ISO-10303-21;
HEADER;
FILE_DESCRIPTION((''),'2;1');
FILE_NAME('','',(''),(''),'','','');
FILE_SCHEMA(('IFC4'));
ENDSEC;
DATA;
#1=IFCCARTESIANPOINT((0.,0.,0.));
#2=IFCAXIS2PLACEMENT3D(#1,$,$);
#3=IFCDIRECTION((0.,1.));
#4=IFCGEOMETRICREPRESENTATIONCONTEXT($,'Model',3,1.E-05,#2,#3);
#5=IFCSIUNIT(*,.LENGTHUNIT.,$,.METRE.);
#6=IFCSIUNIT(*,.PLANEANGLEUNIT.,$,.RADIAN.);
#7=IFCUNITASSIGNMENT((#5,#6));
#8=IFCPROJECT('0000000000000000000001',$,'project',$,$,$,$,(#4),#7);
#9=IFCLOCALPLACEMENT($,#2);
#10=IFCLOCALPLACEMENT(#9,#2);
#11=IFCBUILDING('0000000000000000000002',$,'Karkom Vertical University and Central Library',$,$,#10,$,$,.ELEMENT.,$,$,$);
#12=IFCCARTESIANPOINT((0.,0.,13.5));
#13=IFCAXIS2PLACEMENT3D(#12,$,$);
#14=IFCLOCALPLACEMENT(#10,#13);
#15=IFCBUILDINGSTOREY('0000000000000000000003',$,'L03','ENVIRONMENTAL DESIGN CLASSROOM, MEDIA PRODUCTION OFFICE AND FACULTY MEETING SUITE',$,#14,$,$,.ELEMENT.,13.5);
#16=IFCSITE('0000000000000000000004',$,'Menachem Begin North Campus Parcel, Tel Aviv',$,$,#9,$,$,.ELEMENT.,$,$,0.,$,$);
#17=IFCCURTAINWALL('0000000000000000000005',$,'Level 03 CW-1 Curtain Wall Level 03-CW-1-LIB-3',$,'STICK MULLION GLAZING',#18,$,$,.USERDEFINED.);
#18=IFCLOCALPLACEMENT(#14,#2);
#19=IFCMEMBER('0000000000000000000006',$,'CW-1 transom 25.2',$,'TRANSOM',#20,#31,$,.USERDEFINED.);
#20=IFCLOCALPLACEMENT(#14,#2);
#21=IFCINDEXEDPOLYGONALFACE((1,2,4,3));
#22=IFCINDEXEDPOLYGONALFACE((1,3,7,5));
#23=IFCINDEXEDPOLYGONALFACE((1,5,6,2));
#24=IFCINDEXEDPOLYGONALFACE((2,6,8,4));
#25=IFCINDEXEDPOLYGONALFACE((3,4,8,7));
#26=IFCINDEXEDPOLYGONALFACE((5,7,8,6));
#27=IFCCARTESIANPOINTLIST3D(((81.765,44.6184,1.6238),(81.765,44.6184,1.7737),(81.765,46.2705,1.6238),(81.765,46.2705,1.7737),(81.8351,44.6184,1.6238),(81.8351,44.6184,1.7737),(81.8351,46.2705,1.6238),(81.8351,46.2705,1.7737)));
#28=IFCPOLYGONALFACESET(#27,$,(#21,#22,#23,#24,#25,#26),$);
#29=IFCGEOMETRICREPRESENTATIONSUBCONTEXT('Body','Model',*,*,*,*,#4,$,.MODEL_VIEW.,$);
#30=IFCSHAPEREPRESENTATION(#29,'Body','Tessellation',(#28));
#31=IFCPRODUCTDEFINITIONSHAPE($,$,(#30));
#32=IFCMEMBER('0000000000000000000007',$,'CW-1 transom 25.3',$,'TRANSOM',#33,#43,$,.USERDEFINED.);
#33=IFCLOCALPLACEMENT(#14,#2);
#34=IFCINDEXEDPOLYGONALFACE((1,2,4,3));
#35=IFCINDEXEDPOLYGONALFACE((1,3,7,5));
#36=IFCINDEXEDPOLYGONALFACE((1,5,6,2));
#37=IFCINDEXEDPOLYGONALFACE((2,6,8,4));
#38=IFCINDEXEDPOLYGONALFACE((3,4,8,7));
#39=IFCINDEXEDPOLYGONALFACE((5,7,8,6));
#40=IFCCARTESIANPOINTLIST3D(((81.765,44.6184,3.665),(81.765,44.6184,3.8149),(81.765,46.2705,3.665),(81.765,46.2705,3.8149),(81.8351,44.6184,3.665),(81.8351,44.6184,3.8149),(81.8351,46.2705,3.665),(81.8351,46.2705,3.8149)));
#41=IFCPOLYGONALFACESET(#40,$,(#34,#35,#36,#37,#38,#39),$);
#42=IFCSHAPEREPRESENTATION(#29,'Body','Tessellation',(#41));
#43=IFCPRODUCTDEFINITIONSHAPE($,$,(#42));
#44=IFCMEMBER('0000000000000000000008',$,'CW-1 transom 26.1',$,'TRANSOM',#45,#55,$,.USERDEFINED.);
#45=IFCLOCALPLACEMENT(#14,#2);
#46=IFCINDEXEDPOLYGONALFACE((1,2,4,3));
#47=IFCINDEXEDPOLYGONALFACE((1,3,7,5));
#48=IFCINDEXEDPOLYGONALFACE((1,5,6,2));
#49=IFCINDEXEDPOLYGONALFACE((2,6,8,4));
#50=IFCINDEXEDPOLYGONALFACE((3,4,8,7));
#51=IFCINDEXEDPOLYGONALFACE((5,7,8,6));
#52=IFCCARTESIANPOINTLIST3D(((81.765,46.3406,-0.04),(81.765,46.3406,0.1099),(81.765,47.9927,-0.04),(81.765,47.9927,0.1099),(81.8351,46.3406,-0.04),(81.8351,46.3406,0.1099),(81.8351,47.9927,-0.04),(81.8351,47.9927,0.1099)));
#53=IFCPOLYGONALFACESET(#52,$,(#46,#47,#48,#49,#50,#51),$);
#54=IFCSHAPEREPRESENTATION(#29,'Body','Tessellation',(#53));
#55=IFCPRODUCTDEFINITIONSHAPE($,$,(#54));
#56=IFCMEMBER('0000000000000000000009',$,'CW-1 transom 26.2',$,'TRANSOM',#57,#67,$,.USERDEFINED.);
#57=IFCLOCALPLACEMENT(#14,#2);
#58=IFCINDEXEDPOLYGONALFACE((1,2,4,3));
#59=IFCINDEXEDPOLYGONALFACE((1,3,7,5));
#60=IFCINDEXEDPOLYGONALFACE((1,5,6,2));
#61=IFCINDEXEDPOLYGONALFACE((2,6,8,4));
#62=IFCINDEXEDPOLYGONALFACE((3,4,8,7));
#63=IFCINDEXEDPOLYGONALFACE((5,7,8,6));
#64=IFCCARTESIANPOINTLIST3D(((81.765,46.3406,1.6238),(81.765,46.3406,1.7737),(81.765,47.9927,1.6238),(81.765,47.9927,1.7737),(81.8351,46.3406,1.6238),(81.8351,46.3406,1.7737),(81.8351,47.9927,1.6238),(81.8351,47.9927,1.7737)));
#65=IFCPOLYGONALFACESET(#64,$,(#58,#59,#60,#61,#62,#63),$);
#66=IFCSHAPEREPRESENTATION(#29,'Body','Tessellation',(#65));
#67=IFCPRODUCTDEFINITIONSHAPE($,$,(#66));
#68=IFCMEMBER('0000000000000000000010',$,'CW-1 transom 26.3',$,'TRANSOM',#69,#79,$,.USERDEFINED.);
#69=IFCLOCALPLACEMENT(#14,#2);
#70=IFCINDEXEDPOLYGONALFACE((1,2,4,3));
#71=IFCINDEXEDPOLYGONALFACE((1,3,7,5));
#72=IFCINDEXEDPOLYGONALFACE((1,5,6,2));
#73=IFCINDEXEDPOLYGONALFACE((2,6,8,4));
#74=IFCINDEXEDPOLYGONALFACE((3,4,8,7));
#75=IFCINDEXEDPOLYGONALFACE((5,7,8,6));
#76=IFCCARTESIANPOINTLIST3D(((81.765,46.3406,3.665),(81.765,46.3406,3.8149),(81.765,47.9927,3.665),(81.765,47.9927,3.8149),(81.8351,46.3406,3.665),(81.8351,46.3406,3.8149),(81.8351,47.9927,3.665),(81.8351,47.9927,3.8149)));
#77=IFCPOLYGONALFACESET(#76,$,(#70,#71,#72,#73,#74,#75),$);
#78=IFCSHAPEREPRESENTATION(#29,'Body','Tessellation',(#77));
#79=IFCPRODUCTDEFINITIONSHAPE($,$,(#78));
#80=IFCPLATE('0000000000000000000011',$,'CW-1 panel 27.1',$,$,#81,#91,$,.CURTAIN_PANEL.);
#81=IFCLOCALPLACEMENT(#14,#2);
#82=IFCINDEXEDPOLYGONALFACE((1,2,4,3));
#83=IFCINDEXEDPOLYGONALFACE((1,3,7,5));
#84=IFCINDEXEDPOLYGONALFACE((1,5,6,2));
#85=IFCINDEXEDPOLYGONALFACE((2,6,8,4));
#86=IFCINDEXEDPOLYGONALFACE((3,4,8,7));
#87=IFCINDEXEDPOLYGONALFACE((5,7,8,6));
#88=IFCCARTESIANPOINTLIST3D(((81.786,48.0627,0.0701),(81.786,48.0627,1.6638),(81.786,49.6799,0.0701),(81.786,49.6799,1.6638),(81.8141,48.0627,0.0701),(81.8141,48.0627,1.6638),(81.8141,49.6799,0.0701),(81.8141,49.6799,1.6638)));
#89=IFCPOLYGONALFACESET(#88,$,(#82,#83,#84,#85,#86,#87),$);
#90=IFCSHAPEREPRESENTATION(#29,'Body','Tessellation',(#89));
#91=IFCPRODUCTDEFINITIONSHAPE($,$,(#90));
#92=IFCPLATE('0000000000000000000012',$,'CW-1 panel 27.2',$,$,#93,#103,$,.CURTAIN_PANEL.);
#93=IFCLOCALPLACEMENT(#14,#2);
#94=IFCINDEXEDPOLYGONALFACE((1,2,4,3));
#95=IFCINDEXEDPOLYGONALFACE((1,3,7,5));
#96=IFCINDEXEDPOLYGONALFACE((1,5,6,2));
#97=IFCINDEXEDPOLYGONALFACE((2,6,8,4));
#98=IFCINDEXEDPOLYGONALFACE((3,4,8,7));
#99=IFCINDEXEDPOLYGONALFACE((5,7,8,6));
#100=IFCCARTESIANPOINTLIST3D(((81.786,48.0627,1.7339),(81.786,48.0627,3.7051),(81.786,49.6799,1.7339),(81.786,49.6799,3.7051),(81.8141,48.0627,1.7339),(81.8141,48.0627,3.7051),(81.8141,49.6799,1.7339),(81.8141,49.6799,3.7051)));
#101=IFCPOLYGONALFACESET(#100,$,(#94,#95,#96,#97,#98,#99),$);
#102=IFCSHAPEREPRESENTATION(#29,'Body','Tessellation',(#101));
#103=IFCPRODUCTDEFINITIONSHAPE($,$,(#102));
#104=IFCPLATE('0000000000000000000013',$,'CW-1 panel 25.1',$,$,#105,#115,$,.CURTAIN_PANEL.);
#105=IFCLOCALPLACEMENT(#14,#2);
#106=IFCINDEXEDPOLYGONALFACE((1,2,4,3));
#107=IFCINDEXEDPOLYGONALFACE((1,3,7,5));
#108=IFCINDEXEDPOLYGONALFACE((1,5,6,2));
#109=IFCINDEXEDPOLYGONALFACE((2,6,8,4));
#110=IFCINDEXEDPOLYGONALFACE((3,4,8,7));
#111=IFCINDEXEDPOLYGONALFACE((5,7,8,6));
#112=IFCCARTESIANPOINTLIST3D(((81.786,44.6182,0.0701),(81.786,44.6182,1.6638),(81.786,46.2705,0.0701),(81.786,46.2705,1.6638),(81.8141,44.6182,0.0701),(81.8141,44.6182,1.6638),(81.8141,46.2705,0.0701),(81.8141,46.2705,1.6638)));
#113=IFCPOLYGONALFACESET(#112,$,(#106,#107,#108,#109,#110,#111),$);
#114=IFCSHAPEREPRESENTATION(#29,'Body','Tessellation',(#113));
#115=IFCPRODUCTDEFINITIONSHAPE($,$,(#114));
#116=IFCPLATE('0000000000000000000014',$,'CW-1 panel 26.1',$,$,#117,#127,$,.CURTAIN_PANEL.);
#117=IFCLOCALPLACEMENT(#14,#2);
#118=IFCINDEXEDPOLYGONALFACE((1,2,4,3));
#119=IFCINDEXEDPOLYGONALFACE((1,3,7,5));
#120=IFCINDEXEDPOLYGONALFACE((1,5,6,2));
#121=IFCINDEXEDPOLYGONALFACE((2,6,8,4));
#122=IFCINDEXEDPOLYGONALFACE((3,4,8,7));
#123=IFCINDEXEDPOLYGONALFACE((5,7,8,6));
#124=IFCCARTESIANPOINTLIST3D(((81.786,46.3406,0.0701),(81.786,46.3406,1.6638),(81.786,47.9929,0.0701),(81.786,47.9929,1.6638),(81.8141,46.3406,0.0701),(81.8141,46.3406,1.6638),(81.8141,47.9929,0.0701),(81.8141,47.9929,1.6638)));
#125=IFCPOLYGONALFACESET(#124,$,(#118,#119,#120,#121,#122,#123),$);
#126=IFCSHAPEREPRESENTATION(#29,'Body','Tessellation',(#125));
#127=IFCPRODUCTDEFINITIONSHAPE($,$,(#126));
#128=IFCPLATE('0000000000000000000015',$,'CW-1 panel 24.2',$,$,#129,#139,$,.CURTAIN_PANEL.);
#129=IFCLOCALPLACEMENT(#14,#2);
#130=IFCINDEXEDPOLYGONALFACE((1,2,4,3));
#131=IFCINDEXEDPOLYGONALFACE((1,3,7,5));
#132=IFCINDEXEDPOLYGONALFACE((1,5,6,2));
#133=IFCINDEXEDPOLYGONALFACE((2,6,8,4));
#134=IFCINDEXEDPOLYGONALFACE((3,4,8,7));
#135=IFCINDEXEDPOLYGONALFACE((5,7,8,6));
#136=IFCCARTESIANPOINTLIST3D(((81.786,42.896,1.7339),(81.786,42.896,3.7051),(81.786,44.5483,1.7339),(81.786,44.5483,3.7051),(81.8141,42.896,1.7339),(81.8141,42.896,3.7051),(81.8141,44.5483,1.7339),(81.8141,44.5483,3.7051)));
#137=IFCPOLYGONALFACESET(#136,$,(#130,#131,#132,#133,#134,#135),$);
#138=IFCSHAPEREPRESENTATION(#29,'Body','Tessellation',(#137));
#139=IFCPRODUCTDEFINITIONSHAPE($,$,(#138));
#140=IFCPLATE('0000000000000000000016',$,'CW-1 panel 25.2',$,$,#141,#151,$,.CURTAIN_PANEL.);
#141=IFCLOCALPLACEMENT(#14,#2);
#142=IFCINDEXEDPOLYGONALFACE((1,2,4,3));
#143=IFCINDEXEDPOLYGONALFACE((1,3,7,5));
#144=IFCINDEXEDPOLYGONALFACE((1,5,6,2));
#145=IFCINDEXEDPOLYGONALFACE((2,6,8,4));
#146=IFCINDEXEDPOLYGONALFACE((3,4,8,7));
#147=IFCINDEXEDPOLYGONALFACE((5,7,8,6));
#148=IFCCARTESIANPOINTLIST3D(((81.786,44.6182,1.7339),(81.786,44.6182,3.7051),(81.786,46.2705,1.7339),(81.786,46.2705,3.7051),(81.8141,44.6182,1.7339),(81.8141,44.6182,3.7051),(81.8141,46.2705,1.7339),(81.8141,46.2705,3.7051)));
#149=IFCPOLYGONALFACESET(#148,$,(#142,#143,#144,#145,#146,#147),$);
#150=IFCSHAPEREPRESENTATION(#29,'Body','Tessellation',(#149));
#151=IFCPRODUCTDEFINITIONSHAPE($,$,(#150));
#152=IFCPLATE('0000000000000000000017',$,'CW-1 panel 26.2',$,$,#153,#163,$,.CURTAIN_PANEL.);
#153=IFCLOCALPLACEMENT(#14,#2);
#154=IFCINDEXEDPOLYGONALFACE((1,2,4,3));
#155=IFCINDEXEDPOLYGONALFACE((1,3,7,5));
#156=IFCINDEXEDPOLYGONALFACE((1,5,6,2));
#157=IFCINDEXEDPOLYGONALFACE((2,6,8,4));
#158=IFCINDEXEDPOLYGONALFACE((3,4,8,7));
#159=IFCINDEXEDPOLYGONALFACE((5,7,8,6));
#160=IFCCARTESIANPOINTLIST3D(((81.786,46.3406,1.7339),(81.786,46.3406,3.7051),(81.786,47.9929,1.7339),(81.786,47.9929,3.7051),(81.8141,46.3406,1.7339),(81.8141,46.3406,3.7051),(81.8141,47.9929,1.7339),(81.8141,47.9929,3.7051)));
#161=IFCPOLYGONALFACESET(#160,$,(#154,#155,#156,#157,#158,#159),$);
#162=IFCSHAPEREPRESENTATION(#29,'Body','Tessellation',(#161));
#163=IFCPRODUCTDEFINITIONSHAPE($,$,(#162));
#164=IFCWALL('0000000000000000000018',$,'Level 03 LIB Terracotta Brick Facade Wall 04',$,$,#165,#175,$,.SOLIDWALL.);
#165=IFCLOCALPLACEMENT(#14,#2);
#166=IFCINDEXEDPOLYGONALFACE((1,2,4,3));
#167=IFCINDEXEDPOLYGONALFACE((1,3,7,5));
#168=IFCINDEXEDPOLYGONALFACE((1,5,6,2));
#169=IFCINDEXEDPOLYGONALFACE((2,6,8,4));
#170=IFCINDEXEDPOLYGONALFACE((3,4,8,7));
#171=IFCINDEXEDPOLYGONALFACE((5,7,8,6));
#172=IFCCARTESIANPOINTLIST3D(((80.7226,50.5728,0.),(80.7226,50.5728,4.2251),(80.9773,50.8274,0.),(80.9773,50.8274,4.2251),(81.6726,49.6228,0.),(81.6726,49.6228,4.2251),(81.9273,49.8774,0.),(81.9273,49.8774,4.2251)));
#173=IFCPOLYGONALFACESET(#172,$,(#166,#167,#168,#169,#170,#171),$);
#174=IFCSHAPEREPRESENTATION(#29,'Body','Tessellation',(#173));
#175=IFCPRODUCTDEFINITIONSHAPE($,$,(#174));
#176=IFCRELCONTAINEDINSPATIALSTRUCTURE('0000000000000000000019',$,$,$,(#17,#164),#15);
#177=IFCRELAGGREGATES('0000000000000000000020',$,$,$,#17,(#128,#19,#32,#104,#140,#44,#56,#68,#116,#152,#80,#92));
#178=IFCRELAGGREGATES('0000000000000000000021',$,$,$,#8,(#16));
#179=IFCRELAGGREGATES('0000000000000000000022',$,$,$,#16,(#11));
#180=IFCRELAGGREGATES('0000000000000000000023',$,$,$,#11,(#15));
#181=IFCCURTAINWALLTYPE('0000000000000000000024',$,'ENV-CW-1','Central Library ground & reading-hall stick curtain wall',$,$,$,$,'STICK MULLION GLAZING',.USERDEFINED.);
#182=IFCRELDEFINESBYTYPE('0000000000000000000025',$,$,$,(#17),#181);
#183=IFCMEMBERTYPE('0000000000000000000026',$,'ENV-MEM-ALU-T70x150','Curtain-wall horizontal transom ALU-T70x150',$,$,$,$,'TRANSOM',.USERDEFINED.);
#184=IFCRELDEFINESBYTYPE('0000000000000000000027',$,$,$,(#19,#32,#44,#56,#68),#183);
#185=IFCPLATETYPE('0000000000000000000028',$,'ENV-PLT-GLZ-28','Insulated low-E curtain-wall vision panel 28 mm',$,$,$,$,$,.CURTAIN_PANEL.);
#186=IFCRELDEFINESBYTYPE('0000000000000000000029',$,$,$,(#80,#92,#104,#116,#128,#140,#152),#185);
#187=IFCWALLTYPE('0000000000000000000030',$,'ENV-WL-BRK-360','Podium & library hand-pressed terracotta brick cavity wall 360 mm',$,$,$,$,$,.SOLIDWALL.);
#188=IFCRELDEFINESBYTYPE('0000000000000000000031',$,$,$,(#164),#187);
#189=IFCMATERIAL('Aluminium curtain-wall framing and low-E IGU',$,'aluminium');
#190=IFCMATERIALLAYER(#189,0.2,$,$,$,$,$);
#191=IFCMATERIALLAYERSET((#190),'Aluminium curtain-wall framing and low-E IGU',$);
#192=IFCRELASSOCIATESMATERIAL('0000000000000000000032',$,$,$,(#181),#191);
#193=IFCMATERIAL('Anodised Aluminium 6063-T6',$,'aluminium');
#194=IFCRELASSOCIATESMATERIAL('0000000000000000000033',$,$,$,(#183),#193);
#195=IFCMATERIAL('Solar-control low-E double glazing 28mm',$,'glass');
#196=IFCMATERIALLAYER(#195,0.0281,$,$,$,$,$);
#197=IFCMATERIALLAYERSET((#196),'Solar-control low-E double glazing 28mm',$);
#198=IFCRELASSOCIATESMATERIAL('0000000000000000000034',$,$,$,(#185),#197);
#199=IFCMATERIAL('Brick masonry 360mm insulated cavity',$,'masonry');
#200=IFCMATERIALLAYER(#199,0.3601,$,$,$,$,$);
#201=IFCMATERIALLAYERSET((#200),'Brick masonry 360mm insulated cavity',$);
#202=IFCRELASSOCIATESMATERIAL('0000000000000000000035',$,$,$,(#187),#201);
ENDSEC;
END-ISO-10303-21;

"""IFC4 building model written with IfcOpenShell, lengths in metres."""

from ifc_helpers import new_model, si_unit, direction, frame, frame_2d, origin, origin_with_axes, origin_2d, place, context, subcontext, project, spatial, rectangle, extrude, source, transform, mapped, material, layer, layer_set, material_profile, profile_set, type_object, element, aggregate, save


model = new_model("IFC4")

# Units and contexts
model_context = context("Model", 3, precision=1e-05, world=origin(), true_north=direction((0.0, 1.0)))
body_context = subcontext(model_context, "Body", "Model", "MODEL_VIEW")
ifc_project = project(units=[si_unit("LENGTHUNIT", "METRE"), si_unit("PLANEANGLEUNIT", "RADIAN")], contexts=[model_context])

# Site, building, storey
site_placement = place(None, origin())
site = spatial("IfcSite", under=ifc_project, at=site_placement, Name="Menachem Begin North Campus Parcel, Tel Aviv", CompositionType="ELEMENT", RefElevation=0.0)
building_placement = place(site_placement, origin())
building = spatial("IfcBuilding", under=site, at=building_placement, Name="Karkom Vertical University and Central Library", CompositionType="ELEMENT")
storey_placement = place(building_placement, frame((0.0, 0.0, 13.5)))
storey = spatial("IfcBuildingStorey", under=building, at=storey_placement, Name="L03", Description="ENVIRONMENTAL DESIGN CLASSROOM, MEDIA PRODUCTION OFFICE AND FACULTY MEETING SUITE", CompositionType="ELEMENT", Elevation=13.5)

# Curtain wall, members, plates
ifc_material_1 = material(Name="Aluminium curtain-wall framing and low-E IGU", Category="aluminium")
ifc_layer_1 = layer(ifc_material_1, 0.2)
ifc_layer_set_1 = layer_set([ifc_layer_1], Name="Aluminium curtain-wall framing and low-E IGU")
curtain_wall_type = type_object("IfcCurtainWallType", Name="ENV-CW-1", Description="Central Library ground & reading-hall stick curtain wall", ElementType="STICK MULLION GLAZING", PredefinedType="USERDEFINED", material=ifc_layer_set_1)
curtain_wall_placement = place(storey_placement, origin())
curtain_wall = element("IfcCurtainWall", 1, at=curtain_wall_placement, inside=storey, type_object=curtain_wall_type, Name="Level 03 CW-1 Curtain Wall Level 03-CW-1-LIB-3", ObjectType="STICK MULLION GLAZING", PredefinedType="USERDEFINED")
ifc_material_2 = material(Name="Anodised Aluminium 6063-T6", Category="aluminium")
ifc_material_profile_1 = material_profile(ifc_material_2, rectangle(XDim=0.0701, YDim=0.1499, at=origin_2d()), Name="ALU-T70x150")
ifc_profile_set_1 = profile_set([ifc_material_profile_1], Name="Anodised Aluminium 6063-T6")
member_type_1 = type_object("IfcMemberType", Name="ENV-MEM-ALU-T70x150", Description="Curtain-wall horizontal transom ALU-T70x150", ElementType="TRANSOM", PredefinedType="USERDEFINED", material=ifc_profile_set_1)
shared_shape_1 = source(origin_with_axes(), body_context, "Body", "SweptSolid", [
    extrude(rectangle(XDim=0.0701, YDim=0.1499, at=origin_2d()), origin(), (0.0, 0.0, 1.0), 1.6521),
])
member_1_placement = place(storey_placement, frame((81.8, 44.6184, 1.6987), z_axis=(0.0, 1.0, 0.0), x_axis=(-1.0, 0.0, 0.0)))
member_1 = element("IfcMember", 2, at=member_1_placement, type_object=member_type_1, Name="CW-1 transom 25.2", ObjectType="TRANSOM", PredefinedType="USERDEFINED", context=body_context, shape_type="MappedRepresentation", body=[
    mapped(shared_shape_1, transform((0.0, 0.0, 0.0), scale=1.0)),
])
member_2_placement = place(storey_placement, frame((81.8, 44.6184, 3.74), z_axis=(0.0, 1.0, 0.0), x_axis=(-1.0, 0.0, 0.0)))
member_2 = element("IfcMember", 3, at=member_2_placement, type_object=member_type_1, Name="CW-1 transom 25.3", ObjectType="TRANSOM", PredefinedType="USERDEFINED", context=body_context, shape_type="MappedRepresentation", body=[
    mapped(shared_shape_1, transform((0.0, 0.0, 0.0), scale=1.0)),
])
member_3_placement = place(storey_placement, frame((81.8, 46.3406, 0.0349), z_axis=(0.0, 1.0, 0.0), x_axis=(-1.0, 0.0, 0.0)))
member_3 = element("IfcMember", 4, at=member_3_placement, type_object=member_type_1, Name="CW-1 transom 26.1", ObjectType="TRANSOM", PredefinedType="USERDEFINED", context=body_context, shape_type="MappedRepresentation", body=[
    mapped(shared_shape_1, transform((0.0, 0.0, 0.0), scale=1.0)),
])
member_4_placement = place(storey_placement, frame((81.8, 46.3406, 1.6987), z_axis=(0.0, 1.0, 0.0), x_axis=(-1.0, 0.0, 0.0)))
member_4 = element("IfcMember", 5, at=member_4_placement, type_object=member_type_1, Name="CW-1 transom 26.2", ObjectType="TRANSOM", PredefinedType="USERDEFINED", context=body_context, shape_type="MappedRepresentation", body=[
    mapped(shared_shape_1, transform((0.0, 0.0, 0.0), scale=1.0)),
])
member_5_placement = place(storey_placement, frame((81.8, 46.3406, 3.74), z_axis=(0.0, 1.0, 0.0), x_axis=(-1.0, 0.0, 0.0)))
member_5 = element("IfcMember", 6, at=member_5_placement, type_object=member_type_1, Name="CW-1 transom 26.3", ObjectType="TRANSOM", PredefinedType="USERDEFINED", context=body_context, shape_type="MappedRepresentation", body=[
    mapped(shared_shape_1, transform((0.0, 0.0, 0.0), scale=1.0)),
])
ifc_material_3 = material(Name="Solar-control low-E double glazing 28mm", Category="glass")
ifc_layer_2 = layer(ifc_material_3, 0.0281)
ifc_layer_set_2 = layer_set([ifc_layer_2], Name="Solar-control low-E double glazing 28mm")
plate_type = type_object("IfcPlateType", Name="ENV-PLT-GLZ-28", Description="Insulated low-E curtain-wall vision panel 28 mm", PredefinedType="CURTAIN_PANEL", material=ifc_layer_set_2)
shared_shape_2 = source(origin_with_axes(), body_context, "Body", "SweptSolid", [
    extrude(rectangle(XDim=1.6172, YDim=0.0281, at=origin_2d()), origin(), (0.0, 0.0, 1.0), 1.5938),
])
plate_1_placement = place(storey_placement, frame((81.8, 48.8713, 0.0701), z_axis=(0.0, 0.0, 1.0), x_axis=(0.0, 1.0, 0.0)))
plate_1 = element("IfcPlate", 7, at=plate_1_placement, type_object=plate_type, Name="CW-1 panel 27.1", PredefinedType="CURTAIN_PANEL", context=body_context, shape_type="MappedRepresentation", body=[
    mapped(shared_shape_2, transform((0.0, 0.0, 0.0), scale=1.0)),
])
shared_shape_3 = source(origin_with_axes(), body_context, "Body", "SweptSolid", [
    extrude(rectangle(XDim=1.6172, YDim=0.0281, at=origin_2d()), origin(), (0.0, 0.0, 1.0), 1.9712),
])
plate_2_placement = place(storey_placement, frame((81.8, 48.8713, 1.7339), z_axis=(0.0, 0.0, 1.0), x_axis=(0.0, 1.0, 0.0)))
plate_2 = element("IfcPlate", 8, at=plate_2_placement, type_object=plate_type, Name="CW-1 panel 27.2", PredefinedType="CURTAIN_PANEL", context=body_context, shape_type="MappedRepresentation", body=[
    mapped(shared_shape_3, transform((0.0, 0.0, 0.0), scale=1.0)),
])
shared_shape_4 = source(origin_with_axes(), body_context, "Body", "SweptSolid", [
    extrude(rectangle(XDim=1.6523, YDim=0.0281, at=origin_2d()), origin(), (0.0, 0.0, 1.0), 1.5938),
])
plate_3_placement = place(storey_placement, frame((81.8, 45.4443, 0.0701), z_axis=(0.0, 0.0, 1.0), x_axis=(0.0, 1.0, 0.0)))
plate_3 = element("IfcPlate", 9, at=plate_3_placement, type_object=plate_type, Name="CW-1 panel 25.1", PredefinedType="CURTAIN_PANEL", context=body_context, shape_type="MappedRepresentation", body=[
    mapped(shared_shape_4, transform((0.0, 0.0, 0.0), scale=1.0)),
])
plate_4_placement = place(storey_placement, frame((81.8, 47.1667, 0.0701), z_axis=(0.0, 0.0, 1.0), x_axis=(0.0, 1.0, 0.0)))
plate_4 = element("IfcPlate", 10, at=plate_4_placement, type_object=plate_type, Name="CW-1 panel 26.1", PredefinedType="CURTAIN_PANEL", context=body_context, shape_type="MappedRepresentation", body=[
    mapped(shared_shape_4, transform((0.0, 0.0, 0.0), scale=1.0)),
])
shared_shape_5 = source(origin_with_axes(), body_context, "Body", "SweptSolid", [
    extrude(rectangle(XDim=1.6523, YDim=0.0281, at=origin_2d()), origin(), (0.0, 0.0, 1.0), 1.9712),
])
plate_5_placement = place(storey_placement, frame((81.8, 43.7222, 1.7339), z_axis=(0.0, 0.0, 1.0), x_axis=(0.0, 1.0, 0.0)))
plate_5 = element("IfcPlate", 11, at=plate_5_placement, type_object=plate_type, Name="CW-1 panel 24.2", PredefinedType="CURTAIN_PANEL", context=body_context, shape_type="MappedRepresentation", body=[
    mapped(shared_shape_5, transform((0.0, 0.0, 0.0), scale=1.0)),
])
plate_6_placement = place(storey_placement, frame((81.8, 45.4443, 1.7339), z_axis=(0.0, 0.0, 1.0), x_axis=(0.0, 1.0, 0.0)))
plate_6 = element("IfcPlate", 12, at=plate_6_placement, type_object=plate_type, Name="CW-1 panel 25.2", PredefinedType="CURTAIN_PANEL", context=body_context, shape_type="MappedRepresentation", body=[
    mapped(shared_shape_5, transform((0.0, 0.0, 0.0), scale=1.0)),
])
plate_7_placement = place(storey_placement, frame((81.8, 47.1667, 1.7339), z_axis=(0.0, 0.0, 1.0), x_axis=(0.0, 1.0, 0.0)))
plate_7 = element("IfcPlate", 13, at=plate_7_placement, type_object=plate_type, Name="CW-1 panel 26.2", PredefinedType="CURTAIN_PANEL", context=body_context, shape_type="MappedRepresentation", body=[
    mapped(shared_shape_5, transform((0.0, 0.0, 0.0), scale=1.0)),
])
aggregate(curtain_wall, [plate_5, member_1, member_2, plate_3, plate_6, member_3, member_4, member_5, plate_4, plate_7, plate_1, plate_2])

# Wall
ifc_material_4 = material(Name="Brick masonry 360mm insulated cavity", Category="masonry")
ifc_layer_3 = layer(ifc_material_4, 0.3601)
ifc_layer_set_3 = layer_set([ifc_layer_3], Name="Brick masonry 360mm insulated cavity")
wall_type_1 = type_object("IfcWallType", Name="ENV-WL-BRK-360", Description="Podium & library hand-pressed terracotta brick cavity wall 360 mm", PredefinedType="SOLIDWALL", material=ifc_layer_set_3)
wall_1_placement = place(storey_placement, frame((81.8, 49.75, 0.0), z_axis=(0.0, 0.0, 1.0), x_axis=(-0.707107, 0.707107, 0.0)))
element("IfcWall", 14, at=wall_1_placement, inside=storey, type_object=wall_type_1, Name="Level 03 LIB Terracotta Brick Facade Wall 04", PredefinedType="SOLIDWALL", context=body_context, shape_type="SweptSolid", body=[
    extrude(rectangle(XDim=1.3435, YDim=0.3601, at=frame_2d((0.6719, 0.0))), origin(), (0.0, 0.0, 1.0), 4.2251),
])

save(model, "model.ifc")
